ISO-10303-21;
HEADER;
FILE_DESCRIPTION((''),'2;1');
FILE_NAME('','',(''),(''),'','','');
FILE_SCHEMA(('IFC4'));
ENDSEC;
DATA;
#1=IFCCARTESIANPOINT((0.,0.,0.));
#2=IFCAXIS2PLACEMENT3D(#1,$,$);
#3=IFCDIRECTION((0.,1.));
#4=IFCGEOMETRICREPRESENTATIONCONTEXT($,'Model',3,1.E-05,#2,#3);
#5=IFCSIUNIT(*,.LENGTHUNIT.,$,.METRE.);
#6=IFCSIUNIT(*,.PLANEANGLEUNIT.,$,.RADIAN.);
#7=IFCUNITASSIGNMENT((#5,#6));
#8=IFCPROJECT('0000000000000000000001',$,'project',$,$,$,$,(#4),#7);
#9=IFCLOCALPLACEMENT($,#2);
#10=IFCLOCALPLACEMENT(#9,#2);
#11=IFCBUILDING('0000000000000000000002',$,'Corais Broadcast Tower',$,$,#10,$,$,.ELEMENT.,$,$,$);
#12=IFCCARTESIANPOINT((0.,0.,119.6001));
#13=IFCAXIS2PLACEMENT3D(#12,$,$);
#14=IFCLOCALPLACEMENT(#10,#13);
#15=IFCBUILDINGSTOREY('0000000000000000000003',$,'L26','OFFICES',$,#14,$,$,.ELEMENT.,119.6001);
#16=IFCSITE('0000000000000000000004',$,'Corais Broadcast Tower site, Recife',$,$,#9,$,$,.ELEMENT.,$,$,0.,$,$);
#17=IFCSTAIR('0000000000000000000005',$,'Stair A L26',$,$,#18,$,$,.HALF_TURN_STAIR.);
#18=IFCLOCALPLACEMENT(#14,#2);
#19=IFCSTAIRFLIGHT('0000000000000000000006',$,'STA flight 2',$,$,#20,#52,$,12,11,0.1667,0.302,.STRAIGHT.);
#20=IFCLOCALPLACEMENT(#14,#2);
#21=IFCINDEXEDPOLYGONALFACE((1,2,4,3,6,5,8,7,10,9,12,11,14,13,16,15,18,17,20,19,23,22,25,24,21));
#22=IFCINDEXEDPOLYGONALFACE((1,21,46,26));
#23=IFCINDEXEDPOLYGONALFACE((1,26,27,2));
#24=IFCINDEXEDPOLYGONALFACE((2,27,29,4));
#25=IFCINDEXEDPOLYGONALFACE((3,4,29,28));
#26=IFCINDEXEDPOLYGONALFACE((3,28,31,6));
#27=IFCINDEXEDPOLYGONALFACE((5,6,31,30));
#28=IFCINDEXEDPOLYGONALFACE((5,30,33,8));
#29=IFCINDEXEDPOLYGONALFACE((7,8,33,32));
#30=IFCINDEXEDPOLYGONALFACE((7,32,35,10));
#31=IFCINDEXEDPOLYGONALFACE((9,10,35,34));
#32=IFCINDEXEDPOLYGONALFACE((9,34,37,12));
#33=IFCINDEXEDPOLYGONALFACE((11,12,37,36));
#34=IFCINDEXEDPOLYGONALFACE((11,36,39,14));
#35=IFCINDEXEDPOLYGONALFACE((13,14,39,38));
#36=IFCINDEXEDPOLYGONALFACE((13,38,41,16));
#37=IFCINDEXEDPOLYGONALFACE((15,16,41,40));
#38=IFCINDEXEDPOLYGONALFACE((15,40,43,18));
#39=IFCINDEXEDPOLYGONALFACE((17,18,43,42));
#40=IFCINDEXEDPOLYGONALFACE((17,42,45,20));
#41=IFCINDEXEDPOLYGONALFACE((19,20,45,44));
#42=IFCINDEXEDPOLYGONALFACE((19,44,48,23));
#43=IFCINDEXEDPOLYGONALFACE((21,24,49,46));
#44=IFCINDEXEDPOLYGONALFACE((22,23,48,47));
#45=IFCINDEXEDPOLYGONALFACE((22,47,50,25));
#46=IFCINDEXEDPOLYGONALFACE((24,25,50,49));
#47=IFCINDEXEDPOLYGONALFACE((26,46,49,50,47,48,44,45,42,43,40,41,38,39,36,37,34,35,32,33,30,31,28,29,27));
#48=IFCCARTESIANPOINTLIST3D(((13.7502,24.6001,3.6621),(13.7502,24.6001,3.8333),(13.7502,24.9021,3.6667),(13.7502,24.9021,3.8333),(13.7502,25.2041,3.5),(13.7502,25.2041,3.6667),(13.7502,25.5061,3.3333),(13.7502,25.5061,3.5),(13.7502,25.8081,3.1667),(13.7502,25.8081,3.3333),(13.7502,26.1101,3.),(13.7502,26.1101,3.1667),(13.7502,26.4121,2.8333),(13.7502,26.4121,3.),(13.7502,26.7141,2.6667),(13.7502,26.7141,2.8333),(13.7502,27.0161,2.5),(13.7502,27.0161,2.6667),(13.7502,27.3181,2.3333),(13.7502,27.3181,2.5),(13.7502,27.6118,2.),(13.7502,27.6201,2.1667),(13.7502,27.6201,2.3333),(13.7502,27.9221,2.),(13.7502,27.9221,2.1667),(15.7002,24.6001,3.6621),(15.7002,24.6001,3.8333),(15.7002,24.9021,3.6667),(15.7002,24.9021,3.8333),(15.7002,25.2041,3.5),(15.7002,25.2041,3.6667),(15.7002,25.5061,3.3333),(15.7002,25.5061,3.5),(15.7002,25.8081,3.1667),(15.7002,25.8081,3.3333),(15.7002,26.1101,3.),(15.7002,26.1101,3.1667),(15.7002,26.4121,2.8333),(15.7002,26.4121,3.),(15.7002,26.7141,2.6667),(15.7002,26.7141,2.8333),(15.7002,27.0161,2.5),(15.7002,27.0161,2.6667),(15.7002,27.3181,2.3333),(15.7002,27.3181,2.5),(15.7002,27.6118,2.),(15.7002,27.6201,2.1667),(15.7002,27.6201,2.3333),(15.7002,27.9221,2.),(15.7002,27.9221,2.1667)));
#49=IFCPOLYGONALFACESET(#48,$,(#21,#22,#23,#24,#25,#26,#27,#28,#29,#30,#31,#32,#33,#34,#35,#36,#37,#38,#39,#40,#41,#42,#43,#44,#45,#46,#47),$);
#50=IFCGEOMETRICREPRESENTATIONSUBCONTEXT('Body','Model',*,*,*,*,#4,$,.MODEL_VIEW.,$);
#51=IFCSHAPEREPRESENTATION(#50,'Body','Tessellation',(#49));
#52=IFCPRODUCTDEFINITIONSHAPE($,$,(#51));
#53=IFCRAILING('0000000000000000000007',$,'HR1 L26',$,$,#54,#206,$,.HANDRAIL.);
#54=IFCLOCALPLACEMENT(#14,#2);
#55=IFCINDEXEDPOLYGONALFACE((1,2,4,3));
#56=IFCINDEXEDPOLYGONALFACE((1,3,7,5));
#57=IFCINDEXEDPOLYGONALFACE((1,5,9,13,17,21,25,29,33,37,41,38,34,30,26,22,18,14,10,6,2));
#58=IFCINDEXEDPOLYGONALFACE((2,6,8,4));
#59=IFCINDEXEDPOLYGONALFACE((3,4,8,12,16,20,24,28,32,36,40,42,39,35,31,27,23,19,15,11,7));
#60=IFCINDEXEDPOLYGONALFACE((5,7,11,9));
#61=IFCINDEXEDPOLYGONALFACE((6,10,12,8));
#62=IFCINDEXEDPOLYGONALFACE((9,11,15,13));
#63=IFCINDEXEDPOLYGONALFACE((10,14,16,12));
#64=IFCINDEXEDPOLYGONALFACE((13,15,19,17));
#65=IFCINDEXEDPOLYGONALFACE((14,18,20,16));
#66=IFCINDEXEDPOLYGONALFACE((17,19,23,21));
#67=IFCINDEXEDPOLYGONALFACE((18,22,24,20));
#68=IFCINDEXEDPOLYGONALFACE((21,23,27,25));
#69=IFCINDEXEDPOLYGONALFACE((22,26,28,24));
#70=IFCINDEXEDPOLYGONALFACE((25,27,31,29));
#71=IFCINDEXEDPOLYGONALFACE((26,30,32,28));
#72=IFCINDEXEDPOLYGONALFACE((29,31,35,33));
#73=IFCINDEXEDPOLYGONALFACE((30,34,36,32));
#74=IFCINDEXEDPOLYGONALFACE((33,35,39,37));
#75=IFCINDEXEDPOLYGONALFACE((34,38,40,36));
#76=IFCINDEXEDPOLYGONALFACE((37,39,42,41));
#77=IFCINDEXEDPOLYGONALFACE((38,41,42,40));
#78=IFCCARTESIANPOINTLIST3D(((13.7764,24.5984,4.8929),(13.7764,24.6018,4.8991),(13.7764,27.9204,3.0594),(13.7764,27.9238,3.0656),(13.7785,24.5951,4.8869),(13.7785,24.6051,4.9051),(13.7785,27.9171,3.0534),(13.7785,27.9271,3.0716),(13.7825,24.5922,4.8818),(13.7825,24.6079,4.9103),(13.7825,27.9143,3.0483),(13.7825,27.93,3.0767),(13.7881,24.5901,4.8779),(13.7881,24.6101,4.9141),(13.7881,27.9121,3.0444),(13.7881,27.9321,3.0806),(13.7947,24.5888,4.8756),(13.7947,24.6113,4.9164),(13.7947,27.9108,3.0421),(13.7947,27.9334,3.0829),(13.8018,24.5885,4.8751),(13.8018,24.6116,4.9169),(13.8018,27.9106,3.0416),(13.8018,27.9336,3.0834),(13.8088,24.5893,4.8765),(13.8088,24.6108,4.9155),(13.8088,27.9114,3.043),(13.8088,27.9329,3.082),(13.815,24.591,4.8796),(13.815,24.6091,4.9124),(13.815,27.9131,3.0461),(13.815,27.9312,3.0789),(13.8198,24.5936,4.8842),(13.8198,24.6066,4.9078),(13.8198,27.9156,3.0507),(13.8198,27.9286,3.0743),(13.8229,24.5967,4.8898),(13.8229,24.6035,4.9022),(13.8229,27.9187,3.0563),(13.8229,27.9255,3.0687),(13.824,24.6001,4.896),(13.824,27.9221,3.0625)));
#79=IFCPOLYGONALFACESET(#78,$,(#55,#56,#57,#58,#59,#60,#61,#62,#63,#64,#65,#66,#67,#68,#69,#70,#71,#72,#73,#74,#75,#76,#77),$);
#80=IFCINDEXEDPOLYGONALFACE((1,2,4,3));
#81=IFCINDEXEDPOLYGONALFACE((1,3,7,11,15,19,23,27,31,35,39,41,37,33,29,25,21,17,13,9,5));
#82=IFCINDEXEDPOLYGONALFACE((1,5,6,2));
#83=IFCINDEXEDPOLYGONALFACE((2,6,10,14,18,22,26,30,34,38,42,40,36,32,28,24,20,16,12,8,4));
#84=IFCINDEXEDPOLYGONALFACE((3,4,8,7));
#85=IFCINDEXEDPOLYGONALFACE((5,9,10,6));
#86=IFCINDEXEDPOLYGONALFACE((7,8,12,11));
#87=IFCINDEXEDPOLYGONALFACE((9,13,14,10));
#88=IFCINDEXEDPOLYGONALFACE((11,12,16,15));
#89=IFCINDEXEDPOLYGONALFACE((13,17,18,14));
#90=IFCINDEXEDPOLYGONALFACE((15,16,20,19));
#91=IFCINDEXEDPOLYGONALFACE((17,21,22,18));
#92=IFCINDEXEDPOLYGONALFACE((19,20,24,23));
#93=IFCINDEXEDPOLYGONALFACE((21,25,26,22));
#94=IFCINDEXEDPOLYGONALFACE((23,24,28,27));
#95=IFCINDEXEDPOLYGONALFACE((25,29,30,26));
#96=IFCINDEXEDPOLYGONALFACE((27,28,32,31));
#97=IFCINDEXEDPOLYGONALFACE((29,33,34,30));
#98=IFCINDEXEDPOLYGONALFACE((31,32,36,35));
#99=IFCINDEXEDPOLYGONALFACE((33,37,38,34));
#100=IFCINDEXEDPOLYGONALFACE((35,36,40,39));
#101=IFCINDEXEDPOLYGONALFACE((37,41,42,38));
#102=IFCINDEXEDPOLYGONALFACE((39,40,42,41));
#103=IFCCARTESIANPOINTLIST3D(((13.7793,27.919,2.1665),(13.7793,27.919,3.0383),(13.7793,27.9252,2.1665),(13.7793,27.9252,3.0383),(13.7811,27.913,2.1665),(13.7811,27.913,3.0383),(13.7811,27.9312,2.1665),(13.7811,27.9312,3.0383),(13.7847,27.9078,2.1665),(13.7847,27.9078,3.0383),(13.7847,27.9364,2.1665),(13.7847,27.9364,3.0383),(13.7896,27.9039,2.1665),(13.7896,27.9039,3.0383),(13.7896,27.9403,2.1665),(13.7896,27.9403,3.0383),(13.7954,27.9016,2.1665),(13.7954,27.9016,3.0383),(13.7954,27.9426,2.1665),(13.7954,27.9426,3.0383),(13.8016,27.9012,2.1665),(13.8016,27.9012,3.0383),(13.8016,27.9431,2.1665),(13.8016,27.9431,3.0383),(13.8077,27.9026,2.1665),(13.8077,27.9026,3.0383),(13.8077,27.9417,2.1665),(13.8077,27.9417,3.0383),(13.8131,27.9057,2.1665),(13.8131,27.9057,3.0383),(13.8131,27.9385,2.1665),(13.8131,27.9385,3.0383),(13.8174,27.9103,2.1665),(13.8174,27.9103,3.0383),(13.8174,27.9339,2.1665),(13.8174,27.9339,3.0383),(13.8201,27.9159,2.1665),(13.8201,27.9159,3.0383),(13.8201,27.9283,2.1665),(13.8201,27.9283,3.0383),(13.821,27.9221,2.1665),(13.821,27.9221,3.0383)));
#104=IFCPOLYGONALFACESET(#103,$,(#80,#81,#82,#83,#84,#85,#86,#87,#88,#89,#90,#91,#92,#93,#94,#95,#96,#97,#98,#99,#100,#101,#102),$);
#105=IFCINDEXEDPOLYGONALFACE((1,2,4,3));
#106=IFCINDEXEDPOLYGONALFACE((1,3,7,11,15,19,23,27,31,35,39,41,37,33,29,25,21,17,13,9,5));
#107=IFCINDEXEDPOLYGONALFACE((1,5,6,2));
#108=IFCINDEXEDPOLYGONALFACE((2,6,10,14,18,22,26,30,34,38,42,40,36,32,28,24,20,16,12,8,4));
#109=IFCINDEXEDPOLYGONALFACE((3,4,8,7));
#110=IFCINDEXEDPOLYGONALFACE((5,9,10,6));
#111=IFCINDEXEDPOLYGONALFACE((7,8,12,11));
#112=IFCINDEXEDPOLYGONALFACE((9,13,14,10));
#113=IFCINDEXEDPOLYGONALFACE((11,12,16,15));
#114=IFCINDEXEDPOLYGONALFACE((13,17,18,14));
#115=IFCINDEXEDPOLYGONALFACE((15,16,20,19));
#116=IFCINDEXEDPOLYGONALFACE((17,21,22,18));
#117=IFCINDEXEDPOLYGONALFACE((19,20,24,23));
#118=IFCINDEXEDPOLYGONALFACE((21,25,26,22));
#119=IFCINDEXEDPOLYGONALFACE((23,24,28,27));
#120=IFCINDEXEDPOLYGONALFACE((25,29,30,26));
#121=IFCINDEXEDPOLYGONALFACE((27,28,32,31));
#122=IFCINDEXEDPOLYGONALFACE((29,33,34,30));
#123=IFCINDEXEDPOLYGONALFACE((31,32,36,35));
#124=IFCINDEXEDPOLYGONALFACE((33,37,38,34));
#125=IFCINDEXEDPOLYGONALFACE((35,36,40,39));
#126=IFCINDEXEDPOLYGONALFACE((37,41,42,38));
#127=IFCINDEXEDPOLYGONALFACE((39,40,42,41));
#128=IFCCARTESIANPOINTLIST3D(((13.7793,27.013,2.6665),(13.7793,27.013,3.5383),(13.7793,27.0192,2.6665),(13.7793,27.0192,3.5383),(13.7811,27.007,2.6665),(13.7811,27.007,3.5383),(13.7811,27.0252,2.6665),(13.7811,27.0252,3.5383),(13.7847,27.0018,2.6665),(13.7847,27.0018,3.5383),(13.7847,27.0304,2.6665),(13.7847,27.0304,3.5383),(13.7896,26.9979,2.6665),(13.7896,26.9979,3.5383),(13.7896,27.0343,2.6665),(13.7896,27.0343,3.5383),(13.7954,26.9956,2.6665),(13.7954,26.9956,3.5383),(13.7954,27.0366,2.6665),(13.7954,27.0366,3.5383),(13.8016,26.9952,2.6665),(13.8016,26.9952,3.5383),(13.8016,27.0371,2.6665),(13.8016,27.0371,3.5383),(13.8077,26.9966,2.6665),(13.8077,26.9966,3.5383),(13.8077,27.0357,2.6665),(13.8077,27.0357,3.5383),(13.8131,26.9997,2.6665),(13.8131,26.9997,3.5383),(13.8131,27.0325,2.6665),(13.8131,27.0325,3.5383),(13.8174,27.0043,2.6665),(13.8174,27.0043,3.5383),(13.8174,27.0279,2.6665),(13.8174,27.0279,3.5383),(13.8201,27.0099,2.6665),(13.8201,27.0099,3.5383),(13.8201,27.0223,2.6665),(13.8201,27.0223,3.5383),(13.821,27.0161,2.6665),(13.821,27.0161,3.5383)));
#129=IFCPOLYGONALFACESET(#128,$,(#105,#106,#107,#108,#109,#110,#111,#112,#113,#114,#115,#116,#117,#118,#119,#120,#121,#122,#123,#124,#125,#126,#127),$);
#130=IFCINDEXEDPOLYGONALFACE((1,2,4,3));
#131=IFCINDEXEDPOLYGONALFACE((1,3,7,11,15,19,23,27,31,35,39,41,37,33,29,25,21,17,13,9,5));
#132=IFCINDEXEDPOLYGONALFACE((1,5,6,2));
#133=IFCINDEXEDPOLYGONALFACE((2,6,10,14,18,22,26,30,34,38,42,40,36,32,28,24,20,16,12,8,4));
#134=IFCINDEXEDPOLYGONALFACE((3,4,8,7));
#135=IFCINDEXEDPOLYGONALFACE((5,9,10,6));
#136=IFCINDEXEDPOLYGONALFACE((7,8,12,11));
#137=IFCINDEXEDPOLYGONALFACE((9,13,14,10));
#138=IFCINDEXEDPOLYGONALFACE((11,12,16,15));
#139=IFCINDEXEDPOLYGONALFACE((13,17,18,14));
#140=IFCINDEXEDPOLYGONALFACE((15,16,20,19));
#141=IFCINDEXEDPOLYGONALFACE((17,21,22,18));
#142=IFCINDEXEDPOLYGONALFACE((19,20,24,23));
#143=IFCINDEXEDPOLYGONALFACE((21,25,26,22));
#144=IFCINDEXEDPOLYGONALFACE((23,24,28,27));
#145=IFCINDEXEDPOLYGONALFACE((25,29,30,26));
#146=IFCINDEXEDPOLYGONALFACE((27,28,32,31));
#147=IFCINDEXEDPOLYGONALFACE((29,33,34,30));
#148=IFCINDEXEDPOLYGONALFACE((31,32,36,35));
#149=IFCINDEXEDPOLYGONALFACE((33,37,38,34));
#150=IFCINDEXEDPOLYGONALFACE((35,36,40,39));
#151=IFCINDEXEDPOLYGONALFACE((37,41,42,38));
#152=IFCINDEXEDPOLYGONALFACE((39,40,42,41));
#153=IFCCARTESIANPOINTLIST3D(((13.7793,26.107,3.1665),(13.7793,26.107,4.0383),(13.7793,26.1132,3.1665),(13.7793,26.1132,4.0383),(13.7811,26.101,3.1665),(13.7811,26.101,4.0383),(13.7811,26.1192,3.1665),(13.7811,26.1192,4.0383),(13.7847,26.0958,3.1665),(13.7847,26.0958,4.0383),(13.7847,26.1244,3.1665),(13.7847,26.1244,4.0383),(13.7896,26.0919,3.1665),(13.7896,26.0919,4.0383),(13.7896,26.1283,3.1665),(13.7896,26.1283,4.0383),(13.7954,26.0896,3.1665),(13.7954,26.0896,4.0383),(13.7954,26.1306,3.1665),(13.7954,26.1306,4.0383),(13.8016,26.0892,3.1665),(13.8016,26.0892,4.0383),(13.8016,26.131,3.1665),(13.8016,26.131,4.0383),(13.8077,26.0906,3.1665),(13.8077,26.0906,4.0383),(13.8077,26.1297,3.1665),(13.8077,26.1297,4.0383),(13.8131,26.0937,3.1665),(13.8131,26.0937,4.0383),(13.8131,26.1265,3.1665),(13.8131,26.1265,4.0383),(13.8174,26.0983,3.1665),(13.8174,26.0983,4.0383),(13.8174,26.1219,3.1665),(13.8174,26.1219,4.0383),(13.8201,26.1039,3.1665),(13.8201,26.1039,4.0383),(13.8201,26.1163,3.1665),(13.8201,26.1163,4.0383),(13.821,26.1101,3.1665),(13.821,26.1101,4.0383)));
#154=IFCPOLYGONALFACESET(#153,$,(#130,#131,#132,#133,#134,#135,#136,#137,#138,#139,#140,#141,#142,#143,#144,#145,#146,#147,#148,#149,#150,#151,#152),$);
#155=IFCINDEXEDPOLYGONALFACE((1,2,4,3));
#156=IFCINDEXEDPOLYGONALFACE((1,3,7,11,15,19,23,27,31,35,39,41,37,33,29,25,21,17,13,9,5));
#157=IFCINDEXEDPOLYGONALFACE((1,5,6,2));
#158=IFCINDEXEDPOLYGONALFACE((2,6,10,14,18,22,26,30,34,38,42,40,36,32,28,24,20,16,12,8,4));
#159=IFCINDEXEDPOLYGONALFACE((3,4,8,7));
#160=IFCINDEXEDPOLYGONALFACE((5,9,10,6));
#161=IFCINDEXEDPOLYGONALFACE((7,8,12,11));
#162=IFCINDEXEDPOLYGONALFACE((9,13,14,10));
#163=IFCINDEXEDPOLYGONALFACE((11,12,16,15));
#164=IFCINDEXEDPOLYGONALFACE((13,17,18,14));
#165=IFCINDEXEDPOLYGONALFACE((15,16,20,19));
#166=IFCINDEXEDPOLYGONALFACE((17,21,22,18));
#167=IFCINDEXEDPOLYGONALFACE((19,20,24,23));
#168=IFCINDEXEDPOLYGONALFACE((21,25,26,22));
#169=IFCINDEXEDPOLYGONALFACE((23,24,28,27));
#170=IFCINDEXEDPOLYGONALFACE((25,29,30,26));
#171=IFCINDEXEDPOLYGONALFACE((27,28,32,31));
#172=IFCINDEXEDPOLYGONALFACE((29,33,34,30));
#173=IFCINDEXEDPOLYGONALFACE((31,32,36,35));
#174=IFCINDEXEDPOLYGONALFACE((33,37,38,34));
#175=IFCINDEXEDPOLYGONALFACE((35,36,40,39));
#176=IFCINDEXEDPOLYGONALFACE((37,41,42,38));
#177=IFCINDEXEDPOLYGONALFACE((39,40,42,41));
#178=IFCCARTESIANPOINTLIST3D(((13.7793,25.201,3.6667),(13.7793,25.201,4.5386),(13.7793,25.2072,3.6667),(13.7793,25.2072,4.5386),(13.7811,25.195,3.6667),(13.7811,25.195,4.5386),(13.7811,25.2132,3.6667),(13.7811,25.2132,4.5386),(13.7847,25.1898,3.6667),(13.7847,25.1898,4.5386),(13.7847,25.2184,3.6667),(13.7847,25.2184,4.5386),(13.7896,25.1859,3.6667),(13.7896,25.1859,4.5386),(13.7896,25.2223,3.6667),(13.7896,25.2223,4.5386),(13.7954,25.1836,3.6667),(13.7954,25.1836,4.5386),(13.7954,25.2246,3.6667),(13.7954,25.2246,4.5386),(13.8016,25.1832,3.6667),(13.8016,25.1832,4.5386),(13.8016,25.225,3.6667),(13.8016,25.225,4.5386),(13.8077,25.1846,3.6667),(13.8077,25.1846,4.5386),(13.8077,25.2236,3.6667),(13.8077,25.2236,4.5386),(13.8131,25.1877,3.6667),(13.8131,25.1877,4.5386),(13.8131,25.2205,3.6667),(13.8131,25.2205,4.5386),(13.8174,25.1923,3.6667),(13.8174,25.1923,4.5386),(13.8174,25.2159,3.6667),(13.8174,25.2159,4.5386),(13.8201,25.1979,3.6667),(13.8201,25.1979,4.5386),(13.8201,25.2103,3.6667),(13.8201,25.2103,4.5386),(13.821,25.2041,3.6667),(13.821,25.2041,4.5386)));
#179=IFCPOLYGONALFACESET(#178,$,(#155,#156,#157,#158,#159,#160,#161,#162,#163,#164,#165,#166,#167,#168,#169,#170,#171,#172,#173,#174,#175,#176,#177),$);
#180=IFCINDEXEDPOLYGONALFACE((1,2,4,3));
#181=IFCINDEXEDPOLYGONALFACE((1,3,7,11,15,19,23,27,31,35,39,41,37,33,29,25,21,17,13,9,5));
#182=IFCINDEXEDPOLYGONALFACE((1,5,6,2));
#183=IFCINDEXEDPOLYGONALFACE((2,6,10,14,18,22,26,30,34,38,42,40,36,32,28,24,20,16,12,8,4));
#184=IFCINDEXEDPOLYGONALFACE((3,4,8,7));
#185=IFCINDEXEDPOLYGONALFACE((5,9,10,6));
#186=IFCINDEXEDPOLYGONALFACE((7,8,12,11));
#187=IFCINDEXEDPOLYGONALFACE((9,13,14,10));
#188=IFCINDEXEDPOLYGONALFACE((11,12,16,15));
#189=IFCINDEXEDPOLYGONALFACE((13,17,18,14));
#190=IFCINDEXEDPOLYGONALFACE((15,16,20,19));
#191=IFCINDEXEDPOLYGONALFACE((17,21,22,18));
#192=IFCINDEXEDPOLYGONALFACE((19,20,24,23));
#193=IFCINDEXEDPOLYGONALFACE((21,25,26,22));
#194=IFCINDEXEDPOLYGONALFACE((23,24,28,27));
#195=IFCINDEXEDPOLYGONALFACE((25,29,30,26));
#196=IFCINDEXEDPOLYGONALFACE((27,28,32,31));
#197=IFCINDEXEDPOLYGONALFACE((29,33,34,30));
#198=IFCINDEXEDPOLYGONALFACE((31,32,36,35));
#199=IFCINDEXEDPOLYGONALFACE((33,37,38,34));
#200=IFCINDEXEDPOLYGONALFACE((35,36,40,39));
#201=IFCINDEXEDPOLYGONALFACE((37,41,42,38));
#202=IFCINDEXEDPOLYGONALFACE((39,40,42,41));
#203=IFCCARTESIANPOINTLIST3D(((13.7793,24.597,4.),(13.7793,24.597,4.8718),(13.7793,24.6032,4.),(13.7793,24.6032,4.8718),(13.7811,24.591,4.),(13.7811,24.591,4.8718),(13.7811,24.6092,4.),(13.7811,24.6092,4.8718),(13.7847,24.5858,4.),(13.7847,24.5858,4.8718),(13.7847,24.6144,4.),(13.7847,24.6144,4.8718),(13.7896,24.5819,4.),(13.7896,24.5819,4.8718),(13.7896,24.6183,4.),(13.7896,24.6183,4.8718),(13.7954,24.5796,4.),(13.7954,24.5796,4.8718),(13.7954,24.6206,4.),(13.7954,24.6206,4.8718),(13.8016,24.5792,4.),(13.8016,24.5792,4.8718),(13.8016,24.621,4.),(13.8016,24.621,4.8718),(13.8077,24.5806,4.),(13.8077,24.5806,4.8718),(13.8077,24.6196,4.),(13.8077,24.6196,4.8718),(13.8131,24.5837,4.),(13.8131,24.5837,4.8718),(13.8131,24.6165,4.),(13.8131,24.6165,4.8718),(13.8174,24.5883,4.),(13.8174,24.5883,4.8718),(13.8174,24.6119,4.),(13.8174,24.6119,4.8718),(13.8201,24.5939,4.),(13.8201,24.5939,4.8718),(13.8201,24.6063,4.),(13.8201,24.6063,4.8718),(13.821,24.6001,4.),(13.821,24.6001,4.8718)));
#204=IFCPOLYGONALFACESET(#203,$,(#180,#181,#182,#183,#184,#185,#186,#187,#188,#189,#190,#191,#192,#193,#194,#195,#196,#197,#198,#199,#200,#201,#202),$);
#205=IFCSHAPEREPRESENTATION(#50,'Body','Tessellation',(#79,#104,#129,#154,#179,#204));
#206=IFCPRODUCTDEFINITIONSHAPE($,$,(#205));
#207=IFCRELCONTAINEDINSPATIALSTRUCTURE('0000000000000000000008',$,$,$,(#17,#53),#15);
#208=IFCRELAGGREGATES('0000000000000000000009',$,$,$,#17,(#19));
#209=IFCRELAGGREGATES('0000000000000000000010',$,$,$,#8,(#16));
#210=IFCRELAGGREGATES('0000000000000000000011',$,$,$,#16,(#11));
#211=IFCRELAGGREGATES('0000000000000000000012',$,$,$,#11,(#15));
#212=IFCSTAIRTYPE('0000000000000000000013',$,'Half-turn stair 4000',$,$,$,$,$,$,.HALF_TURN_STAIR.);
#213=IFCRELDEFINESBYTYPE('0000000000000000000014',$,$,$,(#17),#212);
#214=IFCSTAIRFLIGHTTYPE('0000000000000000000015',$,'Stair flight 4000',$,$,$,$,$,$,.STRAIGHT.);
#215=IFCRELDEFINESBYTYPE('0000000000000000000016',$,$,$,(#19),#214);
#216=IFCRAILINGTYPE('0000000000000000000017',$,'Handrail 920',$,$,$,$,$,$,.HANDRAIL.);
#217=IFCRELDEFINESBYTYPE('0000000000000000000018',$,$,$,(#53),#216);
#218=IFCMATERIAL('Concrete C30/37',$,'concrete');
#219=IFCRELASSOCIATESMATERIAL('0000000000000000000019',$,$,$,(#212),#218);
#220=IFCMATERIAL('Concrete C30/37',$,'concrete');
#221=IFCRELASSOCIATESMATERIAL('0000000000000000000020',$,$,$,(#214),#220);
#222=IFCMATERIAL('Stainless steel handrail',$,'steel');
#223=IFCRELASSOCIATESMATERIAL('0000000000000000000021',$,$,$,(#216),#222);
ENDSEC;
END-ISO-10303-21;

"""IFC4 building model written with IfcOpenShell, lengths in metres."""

from ifc_helpers import new_model, si_unit, direction, frame, origin, origin_2d, place, context, subcontext, project, spatial, polyline, circle, outline, extrude, material, type_object, element, aggregate, save


model = new_model("IFC4")

# Units and contexts
model_context = context("Model", 3, precision=1e-05, world=origin(), true_north=direction((0.0, 1.0)))
body_context = subcontext(model_context, "Body", "Model", "MODEL_VIEW")
ifc_project = project(units=[si_unit("LENGTHUNIT", "METRE"), si_unit("PLANEANGLEUNIT", "RADIAN")], contexts=[model_context])

# Site, building, storey
site_placement = place(None, origin())
site = spatial("IfcSite", under=ifc_project, at=site_placement, Name="Corais Broadcast Tower site, Recife", CompositionType="ELEMENT", RefElevation=0.0)
building_placement = place(site_placement, origin())
building = spatial("IfcBuilding", under=site, at=building_placement, Name="Corais Broadcast Tower", CompositionType="ELEMENT")
storey_placement = place(building_placement, frame((0.0, 0.0, 119.6001)))
storey = spatial("IfcBuildingStorey", under=building, at=storey_placement, Name="L26", Description="OFFICES", CompositionType="ELEMENT", Elevation=119.6001)

# Stair, stair flight
ifc_material_1 = material(Name="Concrete C30/37", Category="concrete")
stair_type = type_object("IfcStairType", Name="Half-turn stair 4000", PredefinedType="HALF_TURN_STAIR", material=ifc_material_1)
stair_placement = place(storey_placement, origin())
stair = element("IfcStair", 1, at=stair_placement, inside=storey, type_object=stair_type, Name="Stair A L26", PredefinedType="HALF_TURN_STAIR")
ifc_material_2 = material(Name="Concrete C30/37", Category="concrete")
stair_flight_type = type_object("IfcStairFlightType", Name="Stair flight 4000", PredefinedType="STRAIGHT", material=ifc_material_2)
stair_flight_placement = place(storey_placement, frame((14.7251, 27.9221, 2.0), z_axis=(0.0, 0.0, 1.0), x_axis=(0.0, -1.0, 0.0)))
stair_flight = element("IfcStairFlight", 2, at=stair_flight_placement, type_object=stair_flight_type, Name="STA flight 2", NumberOfRisers=12, NumberOfTreads=11, PredefinedType="STRAIGHT", RiserHeight=0.1667, TreadLength=0.302, context=body_context, shape_type="SweptSolid", body=[
    extrude(outline(polyline([(0.0, 0.0), (0.0, 0.1667), (0.302, 0.1667), (0.302, 0.3333), (0.604, 0.3333), (0.604, 0.5), (0.906, 0.5), (0.906, 0.6667), (1.208, 0.6667), (1.208, 0.8333), (1.51, 0.8333), (1.51, 1.0), (1.812, 1.0), (1.812, 1.1667), (2.114, 1.1667), (2.114, 1.3333), (2.416, 1.3333), (2.416, 1.5), (2.718, 1.5), (2.718, 1.6667), (3.02, 1.6667), (3.02, 1.8333), (3.322, 1.8333), (3.322, 2.0), (3.322, 1.6621), (0.3103, 0.0), (0.0, 0.0)])), frame((0.0, 0.9751, 0.0), z_axis=(0.0, -1.0, 0.0), x_axis=(1.0, 0.0, 0.0)), (0.0, 0.0, 1.0), 1.95),
])
aggregate(stair, [stair_flight])

# Railing
ifc_material_3 = material(Name="Stainless steel handrail", Category="steel")
railing_type = type_object("IfcRailingType", Name="Handrail 920", PredefinedType="HANDRAIL", material=ifc_material_3)
for number, where, name in (
    (3, (13.8, 27.9221, 2.1665), "HR1 L26"),
):
    element("IfcRailing", number, at=place(storey_placement, frame(where)), inside=storey, type_object=railing_type, Name=name, PredefinedType="HANDRAIL", context=body_context, shape_type="SweptSolid", body=[
        extrude(circle(Radius=0.0239, at=origin_2d()), frame((0.0, 0.0, 0.896), z_axis=(0.0, -0.875504, 0.48321), x_axis=(1.0, 0.0, 0.0)), (0.0, 0.0, 1.0), 3.7944),
        extrude(circle(Radius=0.021, at=origin_2d()), origin(), (0.0, 0.0, 1.0), 0.8718),
        extrude(circle(Radius=0.021, at=origin_2d()), frame((0.0, -0.906, 0.5)), (0.0, 0.0, 1.0), 0.8718),
        extrude(circle(Radius=0.021, at=origin_2d()), frame((0.0, -1.812, 1.0)), (0.0, 0.0, 1.0), 0.8718),
        extrude(circle(Radius=0.021, at=origin_2d()), frame((0.0, -2.718, 1.5002)), (0.0, 0.0, 1.0), 0.8718),
        extrude(circle(Radius=0.021, at=origin_2d()), frame((0.0, -3.322, 1.8335)), (0.0, 0.0, 1.0), 0.8718),
    ])

save(model, "model.ifc")
